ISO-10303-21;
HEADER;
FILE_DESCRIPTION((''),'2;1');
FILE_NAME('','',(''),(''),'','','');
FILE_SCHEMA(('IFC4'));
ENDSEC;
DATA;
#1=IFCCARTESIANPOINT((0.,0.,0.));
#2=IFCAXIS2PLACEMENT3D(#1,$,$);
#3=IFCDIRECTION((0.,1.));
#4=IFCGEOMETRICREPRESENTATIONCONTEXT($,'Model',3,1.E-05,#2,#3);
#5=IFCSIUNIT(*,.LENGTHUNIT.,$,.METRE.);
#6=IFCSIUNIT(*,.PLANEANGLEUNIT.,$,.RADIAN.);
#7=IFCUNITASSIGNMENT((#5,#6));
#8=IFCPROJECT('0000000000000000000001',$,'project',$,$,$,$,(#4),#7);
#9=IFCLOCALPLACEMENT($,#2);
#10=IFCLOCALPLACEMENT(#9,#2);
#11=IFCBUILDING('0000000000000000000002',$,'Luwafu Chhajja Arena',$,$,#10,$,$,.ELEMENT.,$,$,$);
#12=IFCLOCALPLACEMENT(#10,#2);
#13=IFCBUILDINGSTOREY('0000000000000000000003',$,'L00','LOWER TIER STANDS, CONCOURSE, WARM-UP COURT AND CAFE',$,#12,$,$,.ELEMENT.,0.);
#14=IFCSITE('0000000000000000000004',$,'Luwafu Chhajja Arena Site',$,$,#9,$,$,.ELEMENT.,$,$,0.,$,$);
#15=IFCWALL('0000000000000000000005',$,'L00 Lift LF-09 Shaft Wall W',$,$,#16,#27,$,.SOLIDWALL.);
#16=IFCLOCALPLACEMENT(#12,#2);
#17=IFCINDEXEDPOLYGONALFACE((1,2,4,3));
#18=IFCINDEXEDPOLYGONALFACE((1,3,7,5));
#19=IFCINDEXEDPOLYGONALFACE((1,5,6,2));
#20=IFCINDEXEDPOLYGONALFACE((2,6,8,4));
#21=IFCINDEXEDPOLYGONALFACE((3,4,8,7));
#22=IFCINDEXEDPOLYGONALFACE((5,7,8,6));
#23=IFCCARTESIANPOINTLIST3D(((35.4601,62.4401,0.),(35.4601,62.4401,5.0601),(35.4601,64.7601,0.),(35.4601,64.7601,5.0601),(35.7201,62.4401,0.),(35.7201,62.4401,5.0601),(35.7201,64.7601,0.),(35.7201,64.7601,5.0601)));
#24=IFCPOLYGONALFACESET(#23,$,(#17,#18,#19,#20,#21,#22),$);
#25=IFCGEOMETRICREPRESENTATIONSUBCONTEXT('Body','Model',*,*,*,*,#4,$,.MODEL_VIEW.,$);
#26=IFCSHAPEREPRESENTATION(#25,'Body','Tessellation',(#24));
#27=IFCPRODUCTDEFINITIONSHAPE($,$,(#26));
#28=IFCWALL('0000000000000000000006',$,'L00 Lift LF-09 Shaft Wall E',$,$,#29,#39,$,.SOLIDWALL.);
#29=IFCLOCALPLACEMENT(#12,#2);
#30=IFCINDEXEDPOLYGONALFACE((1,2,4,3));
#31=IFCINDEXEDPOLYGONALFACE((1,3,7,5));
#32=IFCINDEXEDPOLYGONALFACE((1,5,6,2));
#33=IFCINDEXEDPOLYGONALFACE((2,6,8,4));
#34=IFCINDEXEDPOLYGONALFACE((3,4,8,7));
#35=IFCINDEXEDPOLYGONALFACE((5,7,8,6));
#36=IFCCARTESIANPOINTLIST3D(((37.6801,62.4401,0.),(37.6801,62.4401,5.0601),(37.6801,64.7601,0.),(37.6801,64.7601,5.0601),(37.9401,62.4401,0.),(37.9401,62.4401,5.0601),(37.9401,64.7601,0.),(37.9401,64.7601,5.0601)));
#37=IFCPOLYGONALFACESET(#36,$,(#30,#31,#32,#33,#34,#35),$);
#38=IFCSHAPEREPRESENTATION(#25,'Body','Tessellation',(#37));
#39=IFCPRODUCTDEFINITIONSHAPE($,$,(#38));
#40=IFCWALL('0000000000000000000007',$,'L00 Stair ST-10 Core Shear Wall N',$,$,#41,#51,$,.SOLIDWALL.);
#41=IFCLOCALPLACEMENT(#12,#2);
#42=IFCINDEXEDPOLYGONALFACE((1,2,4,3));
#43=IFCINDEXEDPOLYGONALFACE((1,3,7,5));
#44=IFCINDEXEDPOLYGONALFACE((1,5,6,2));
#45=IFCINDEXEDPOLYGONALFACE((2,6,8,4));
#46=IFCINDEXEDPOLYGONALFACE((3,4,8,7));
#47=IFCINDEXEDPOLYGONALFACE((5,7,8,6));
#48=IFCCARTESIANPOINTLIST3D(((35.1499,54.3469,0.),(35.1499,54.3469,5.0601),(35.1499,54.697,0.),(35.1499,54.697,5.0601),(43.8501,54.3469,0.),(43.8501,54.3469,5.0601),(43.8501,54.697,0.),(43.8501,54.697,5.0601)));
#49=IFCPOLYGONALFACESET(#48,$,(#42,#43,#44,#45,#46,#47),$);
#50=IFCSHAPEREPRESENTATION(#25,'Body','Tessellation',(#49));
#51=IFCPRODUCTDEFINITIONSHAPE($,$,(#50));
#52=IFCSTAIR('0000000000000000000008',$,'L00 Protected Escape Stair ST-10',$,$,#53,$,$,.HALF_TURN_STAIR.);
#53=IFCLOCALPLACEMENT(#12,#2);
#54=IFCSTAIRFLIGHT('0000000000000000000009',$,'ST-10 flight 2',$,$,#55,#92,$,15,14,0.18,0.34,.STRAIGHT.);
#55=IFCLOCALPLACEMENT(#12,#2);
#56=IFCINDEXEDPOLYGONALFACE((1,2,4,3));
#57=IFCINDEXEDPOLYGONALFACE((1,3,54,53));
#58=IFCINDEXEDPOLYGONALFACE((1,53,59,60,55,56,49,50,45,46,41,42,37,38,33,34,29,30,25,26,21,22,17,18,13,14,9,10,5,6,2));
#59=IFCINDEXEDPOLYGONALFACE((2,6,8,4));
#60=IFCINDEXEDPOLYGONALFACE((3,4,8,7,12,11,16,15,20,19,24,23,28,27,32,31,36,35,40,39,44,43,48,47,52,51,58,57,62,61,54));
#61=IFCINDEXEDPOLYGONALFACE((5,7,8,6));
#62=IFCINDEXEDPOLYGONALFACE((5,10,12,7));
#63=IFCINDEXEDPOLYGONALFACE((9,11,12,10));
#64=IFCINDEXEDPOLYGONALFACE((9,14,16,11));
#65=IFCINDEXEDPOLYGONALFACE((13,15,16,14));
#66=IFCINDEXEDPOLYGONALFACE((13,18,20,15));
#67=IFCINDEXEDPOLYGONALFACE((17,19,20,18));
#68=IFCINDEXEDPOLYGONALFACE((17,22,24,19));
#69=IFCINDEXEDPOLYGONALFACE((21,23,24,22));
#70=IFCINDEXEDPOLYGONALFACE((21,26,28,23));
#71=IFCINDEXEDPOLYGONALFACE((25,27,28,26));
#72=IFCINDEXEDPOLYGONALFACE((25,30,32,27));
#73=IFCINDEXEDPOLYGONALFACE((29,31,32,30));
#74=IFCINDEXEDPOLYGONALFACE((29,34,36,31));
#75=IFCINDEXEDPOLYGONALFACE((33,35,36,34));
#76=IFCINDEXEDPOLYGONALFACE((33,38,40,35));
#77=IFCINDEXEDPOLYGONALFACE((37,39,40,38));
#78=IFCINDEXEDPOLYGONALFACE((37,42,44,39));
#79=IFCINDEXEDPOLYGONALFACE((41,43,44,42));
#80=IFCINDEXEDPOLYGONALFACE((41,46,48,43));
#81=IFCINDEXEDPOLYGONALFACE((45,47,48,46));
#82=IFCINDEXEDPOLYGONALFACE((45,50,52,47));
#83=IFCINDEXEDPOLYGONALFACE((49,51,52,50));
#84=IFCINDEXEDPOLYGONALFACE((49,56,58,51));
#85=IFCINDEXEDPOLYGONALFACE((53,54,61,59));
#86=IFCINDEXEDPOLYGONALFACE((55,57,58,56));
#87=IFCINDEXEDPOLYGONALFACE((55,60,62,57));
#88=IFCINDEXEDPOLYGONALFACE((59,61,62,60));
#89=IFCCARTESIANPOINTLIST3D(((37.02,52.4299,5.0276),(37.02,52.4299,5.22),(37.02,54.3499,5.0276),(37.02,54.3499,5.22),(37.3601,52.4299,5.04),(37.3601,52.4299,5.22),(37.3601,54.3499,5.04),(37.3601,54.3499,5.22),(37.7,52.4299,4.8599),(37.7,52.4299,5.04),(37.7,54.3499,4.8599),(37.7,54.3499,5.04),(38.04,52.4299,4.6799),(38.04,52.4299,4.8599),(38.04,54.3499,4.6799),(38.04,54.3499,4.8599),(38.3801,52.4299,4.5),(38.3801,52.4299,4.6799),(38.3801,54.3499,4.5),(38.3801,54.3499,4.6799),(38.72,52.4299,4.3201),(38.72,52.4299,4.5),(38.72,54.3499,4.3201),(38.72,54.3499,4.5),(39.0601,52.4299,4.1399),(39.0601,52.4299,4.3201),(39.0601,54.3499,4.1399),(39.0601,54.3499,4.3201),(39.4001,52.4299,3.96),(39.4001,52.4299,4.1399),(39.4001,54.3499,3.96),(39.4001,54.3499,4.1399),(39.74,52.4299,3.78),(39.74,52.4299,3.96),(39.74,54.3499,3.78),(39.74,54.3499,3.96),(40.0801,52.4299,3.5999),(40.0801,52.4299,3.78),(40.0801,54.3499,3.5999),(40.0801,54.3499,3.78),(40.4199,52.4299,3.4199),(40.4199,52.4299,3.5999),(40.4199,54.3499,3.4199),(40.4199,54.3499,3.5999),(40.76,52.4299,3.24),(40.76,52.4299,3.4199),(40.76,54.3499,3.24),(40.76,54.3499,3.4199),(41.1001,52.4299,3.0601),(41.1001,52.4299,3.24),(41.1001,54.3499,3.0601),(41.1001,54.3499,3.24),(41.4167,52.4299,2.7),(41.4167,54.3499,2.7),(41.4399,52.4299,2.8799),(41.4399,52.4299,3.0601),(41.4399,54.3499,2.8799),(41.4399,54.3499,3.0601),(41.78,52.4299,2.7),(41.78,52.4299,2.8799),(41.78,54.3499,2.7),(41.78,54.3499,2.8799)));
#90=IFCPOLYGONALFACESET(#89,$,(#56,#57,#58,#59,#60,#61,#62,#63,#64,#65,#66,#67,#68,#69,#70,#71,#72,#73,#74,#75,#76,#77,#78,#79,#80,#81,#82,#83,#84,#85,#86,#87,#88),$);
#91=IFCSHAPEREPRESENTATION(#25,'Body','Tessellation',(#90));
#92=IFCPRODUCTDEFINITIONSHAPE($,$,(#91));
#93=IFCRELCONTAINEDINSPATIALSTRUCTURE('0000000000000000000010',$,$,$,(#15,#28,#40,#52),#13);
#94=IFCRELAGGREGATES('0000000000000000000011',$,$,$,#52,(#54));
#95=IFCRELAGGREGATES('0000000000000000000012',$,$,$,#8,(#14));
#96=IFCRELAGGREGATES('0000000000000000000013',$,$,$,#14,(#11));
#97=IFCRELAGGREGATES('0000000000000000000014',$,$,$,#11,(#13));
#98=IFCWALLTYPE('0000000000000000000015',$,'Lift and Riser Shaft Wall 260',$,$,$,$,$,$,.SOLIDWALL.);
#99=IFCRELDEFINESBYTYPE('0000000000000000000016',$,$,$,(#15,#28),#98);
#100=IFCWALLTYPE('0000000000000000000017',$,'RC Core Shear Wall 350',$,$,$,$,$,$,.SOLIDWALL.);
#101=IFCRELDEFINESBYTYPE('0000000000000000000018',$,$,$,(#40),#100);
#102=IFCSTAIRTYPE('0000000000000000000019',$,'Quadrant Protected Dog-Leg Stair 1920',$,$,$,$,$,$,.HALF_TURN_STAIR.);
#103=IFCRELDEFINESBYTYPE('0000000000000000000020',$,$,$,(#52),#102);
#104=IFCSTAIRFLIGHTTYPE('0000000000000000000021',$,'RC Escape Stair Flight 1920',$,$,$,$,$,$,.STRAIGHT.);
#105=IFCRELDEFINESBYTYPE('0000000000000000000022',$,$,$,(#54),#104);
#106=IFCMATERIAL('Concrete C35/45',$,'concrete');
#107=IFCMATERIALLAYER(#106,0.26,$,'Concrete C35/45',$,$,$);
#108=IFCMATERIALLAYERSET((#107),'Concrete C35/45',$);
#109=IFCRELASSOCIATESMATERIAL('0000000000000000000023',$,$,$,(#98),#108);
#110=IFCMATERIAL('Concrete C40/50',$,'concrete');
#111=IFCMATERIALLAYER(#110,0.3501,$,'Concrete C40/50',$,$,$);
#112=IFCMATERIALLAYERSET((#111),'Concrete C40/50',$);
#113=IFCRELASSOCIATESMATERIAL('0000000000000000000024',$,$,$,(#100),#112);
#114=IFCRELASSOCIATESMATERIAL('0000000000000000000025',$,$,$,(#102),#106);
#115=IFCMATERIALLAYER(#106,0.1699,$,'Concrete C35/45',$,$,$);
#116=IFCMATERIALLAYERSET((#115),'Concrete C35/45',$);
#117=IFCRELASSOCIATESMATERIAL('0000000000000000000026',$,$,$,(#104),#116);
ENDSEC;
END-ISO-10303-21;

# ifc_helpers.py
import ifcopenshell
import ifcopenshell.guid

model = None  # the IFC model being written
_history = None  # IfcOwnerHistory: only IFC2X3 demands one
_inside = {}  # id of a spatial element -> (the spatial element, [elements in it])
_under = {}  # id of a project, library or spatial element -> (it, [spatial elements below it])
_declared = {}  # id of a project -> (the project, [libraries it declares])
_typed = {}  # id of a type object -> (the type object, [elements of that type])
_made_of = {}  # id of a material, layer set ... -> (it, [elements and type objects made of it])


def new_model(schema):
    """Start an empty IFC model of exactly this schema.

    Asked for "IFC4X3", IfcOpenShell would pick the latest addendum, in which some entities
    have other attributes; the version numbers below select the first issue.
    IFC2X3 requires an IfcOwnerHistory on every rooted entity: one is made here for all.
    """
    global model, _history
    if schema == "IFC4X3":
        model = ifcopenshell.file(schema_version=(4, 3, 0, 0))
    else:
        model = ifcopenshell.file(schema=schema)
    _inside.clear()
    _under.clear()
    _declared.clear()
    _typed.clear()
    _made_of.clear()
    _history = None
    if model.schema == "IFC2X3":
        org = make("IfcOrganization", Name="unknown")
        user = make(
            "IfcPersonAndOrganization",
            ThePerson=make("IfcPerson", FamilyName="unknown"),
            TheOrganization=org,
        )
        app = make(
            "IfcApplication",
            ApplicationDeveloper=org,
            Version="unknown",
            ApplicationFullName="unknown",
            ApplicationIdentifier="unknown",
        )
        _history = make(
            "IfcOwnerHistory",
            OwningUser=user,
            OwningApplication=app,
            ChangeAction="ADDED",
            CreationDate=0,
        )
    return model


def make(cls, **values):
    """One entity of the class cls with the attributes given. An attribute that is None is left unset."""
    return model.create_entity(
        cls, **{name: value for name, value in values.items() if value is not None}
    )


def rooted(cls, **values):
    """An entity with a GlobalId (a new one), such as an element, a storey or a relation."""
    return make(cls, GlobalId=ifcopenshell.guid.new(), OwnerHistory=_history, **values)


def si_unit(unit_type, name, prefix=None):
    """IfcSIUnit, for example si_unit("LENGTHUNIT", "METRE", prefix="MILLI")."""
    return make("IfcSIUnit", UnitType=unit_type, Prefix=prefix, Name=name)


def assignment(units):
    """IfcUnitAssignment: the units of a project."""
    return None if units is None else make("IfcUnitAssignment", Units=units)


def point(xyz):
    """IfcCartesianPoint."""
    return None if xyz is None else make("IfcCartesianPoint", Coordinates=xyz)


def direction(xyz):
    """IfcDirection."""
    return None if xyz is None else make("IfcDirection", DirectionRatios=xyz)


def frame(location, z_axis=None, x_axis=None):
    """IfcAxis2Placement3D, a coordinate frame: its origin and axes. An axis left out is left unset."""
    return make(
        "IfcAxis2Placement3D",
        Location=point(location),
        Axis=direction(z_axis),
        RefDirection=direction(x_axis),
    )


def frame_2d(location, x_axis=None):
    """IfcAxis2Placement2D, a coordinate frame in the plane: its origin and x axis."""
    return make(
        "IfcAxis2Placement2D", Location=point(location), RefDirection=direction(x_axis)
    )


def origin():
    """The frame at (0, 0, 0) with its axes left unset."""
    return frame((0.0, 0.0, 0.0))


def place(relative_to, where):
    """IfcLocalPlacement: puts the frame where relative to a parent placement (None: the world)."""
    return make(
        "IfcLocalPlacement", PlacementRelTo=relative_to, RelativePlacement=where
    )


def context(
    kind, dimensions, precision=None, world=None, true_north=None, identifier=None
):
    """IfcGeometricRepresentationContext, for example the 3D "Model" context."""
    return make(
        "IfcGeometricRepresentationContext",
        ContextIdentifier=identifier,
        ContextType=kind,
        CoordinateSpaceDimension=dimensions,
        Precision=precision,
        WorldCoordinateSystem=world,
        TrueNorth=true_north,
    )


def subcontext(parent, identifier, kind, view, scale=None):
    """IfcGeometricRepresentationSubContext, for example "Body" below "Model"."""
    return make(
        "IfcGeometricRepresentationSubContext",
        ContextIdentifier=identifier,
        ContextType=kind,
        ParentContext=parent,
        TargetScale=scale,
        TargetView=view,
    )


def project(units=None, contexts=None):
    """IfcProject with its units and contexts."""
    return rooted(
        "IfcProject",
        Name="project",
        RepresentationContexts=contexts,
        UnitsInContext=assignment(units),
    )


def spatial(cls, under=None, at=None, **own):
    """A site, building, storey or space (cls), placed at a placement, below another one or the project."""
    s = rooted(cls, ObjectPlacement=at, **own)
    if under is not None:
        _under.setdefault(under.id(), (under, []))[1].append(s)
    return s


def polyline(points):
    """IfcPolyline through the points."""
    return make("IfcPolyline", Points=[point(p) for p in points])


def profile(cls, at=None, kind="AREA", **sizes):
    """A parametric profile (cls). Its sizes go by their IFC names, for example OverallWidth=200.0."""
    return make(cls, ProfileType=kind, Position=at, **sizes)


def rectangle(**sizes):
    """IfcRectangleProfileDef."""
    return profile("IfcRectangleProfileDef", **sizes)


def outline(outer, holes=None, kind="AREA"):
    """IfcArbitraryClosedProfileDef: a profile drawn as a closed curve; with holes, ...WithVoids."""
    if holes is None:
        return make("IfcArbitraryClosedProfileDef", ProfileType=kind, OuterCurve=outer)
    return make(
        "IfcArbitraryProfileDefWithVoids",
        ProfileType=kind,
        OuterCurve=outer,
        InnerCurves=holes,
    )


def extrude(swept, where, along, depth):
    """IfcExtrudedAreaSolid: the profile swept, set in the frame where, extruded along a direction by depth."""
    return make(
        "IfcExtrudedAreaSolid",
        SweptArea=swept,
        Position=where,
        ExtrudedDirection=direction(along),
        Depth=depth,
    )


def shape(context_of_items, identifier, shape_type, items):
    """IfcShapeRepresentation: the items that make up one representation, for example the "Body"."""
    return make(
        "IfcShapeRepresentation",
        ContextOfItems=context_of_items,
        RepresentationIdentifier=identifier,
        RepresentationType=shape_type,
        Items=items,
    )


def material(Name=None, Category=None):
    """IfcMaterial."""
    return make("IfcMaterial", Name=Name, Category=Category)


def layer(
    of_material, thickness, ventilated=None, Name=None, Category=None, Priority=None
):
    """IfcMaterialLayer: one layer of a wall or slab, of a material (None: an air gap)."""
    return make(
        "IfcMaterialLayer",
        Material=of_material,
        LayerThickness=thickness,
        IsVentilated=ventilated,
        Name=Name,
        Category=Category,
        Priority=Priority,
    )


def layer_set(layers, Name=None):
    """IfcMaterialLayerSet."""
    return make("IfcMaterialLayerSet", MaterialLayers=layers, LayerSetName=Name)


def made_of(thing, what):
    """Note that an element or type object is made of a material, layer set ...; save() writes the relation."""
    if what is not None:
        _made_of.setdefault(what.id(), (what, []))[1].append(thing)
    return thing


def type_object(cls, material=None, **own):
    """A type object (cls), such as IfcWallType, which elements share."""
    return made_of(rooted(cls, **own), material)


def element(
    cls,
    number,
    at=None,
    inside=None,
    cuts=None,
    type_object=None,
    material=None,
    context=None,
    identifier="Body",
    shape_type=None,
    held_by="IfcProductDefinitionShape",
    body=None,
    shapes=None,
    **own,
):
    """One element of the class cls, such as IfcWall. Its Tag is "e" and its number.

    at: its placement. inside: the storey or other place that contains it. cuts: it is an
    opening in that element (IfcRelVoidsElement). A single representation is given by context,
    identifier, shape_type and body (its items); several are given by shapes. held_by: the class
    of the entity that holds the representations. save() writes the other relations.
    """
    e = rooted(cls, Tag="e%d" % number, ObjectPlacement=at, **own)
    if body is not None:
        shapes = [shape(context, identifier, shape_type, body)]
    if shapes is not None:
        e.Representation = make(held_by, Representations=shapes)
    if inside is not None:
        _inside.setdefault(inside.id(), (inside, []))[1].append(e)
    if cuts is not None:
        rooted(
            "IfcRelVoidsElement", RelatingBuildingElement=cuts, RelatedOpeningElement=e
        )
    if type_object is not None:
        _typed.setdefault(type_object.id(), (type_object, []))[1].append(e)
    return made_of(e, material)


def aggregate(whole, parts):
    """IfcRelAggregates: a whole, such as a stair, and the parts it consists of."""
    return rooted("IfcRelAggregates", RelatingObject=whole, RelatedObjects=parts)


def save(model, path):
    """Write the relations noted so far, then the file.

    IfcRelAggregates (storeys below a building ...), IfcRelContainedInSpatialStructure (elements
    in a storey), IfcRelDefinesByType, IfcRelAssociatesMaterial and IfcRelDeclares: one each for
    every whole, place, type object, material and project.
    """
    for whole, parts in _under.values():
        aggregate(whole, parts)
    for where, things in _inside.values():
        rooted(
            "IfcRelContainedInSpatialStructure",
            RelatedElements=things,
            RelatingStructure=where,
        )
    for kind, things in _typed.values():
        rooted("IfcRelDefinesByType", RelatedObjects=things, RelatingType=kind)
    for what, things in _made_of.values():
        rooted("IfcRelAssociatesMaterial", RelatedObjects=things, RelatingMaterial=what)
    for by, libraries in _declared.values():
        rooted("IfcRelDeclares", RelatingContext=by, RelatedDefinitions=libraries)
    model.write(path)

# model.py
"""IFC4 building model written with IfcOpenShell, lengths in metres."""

from ifc_helpers import new_model, si_unit, direction, frame, frame_2d, origin, place, context, subcontext, project, spatial, polyline, rectangle, outline, extrude, material, layer, layer_set, type_object, element, aggregate, save


model = new_model("IFC4")

# Units and contexts
model_context = context("Model", 3, precision=1e-05, world=origin(), true_north=direction((0.0, 1.0)))
body_context = subcontext(model_context, "Body", "Model", "MODEL_VIEW")
ifc_project = project(units=[si_unit("LENGTHUNIT", "METRE"), si_unit("PLANEANGLEUNIT", "RADIAN")], contexts=[model_context])

# Site, building, storey
site_placement = place(None, origin())
site = spatial("IfcSite", under=ifc_project, at=site_placement, Name="Luwafu Chhajja Arena Site", CompositionType="ELEMENT", RefElevation=0.0)
building_placement = place(site_placement, origin())
building = spatial("IfcBuilding", under=site, at=building_placement, Name="Luwafu Chhajja Arena", CompositionType="ELEMENT")
storey_placement = place(building_placement, origin())
storey = spatial("IfcBuildingStorey", under=building, at=storey_placement, Name="L00", Description="LOWER TIER STANDS, CONCOURSE, WARM-UP COURT AND CAFE", CompositionType="ELEMENT", Elevation=0.0)

# Shared definitions
ifc_material_1 = material(Name="Concrete C40/50", Category="concrete")

# Shared definitions
ifc_material_2 = material(Name="Concrete C35/45", Category="concrete")

# Shared definitions
ifc_layer_1 = layer(ifc_material_2, 0.26, Name="Concrete C35/45")
ifc_layer_set_1 = layer_set([ifc_layer_1], Name="Concrete C35/45")
wall_type_1 = type_object("IfcWallType", Name="Lift and Riser Shaft Wall 260", PredefinedType="SOLIDWALL", material=ifc_layer_set_1)

# Walls
for number, where, z_axis, x_axis, name in (
    (1, (35.5901, 62.4399, 0.0), (0.0, 0.0, 1.0), (0.0, 1.0, 0.0), "L00 Lift LF-09 Shaft Wall W"),
    (2, (37.8101, 62.4399, 0.0), (0.0, 0.0, 1.0), (0.0, 1.0, 0.0), "L00 Lift LF-09 Shaft Wall E"),
):
    element("IfcWall", number, at=place(storey_placement, frame(where, z_axis=z_axis, x_axis=x_axis)), inside=storey, type_object=wall_type_1, Name=name, PredefinedType="SOLIDWALL", context=body_context, shape_type="SweptSolid", body=[
        extrude(rectangle(XDim=2.3201, YDim=0.26, at=frame_2d((1.1602, 0.0))), origin(), (0.0, 0.0, 1.0), 5.0601),
    ])
ifc_layer_2 = layer(ifc_material_1, 0.3501, Name="Concrete C40/50")
ifc_layer_set_2 = layer_set([ifc_layer_2], Name="Concrete C40/50")
wall_type_2 = type_object("IfcWallType", Name="RC Core Shear Wall 350", PredefinedType="SOLIDWALL", material=ifc_layer_set_2)
wall_1_placement = place(storey_placement, frame((35.1499, 54.522, 0.0), z_axis=(0.0, 0.0, 1.0), x_axis=(1.0, 0.0, 0.0)))
element("IfcWall", 3, at=wall_1_placement, inside=storey, type_object=wall_type_2, Name="L00 Stair ST-10 Core Shear Wall N", PredefinedType="SOLIDWALL", context=body_context, shape_type="SweptSolid", body=[
    extrude(rectangle(XDim=8.7002, YDim=0.3501, at=frame_2d((4.3501, 0.0))), origin(), (0.0, 0.0, 1.0), 5.0601),
])

# Stair, stair flight
stair_type = type_object("IfcStairType", Name="Quadrant Protected Dog-Leg Stair 1920", PredefinedType="HALF_TURN_STAIR", material=ifc_material_2)
stair_placement = place(storey_placement, origin())
stair = element("IfcStair", 4, at=stair_placement, inside=storey, type_object=stair_type, Name="L00 Protected Escape Stair ST-10", PredefinedType="HALF_TURN_STAIR")
ifc_layer_3 = layer(ifc_material_2, 0.1699, Name="Concrete C35/45")
ifc_layer_set_3 = layer_set([ifc_layer_3], Name="Concrete C35/45")
stair_flight_type = type_object("IfcStairFlightType", Name="RC Escape Stair Flight 1920", PredefinedType="STRAIGHT", material=ifc_layer_set_3)
stair_flight_placement = place(storey_placement, frame((41.78, 53.3899, 2.7), z_axis=(0.0, 0.0, 1.0), x_axis=(-1.0, 0.0, 0.0)))
stair_flight = element("IfcStairFlight", 5, at=stair_flight_placement, type_object=stair_flight_type, Name="ST-10 flight 2", NumberOfRisers=15, NumberOfTreads=14, PredefinedType="STRAIGHT", RiserHeight=0.18, TreadLength=0.34, context=body_context, shape_type="SweptSolid", body=[
    extrude(outline(polyline([(0.0, 0.0), (0.0, 0.1799), (0.3401, 0.1799), (0.3401, 0.3601), (0.6799, 0.3601), (0.6799, 0.54), (1.02, 0.54), (1.02, 0.72), (1.3601, 0.72), (1.3601, 0.8999), (1.7, 0.8999), (1.7, 1.0801), (2.04, 1.0801), (2.04, 1.26), (2.3799, 1.26), (2.3799, 1.4399), (2.72, 1.4399), (2.72, 1.6201), (3.0601, 1.6201), (3.0601, 1.8), (3.3999, 1.8), (3.3999, 1.98), (3.74, 1.98), (3.74, 2.1599), (4.0801, 2.1599), (4.0801, 2.3401), (4.4199, 2.3401), (4.4199, 2.52), (4.76, 2.52), (4.76, 2.7), (4.76, 2.3276), (0.3633, 0.0), (0.0, 0.0)])), frame((0.0, 0.96, 0.0), z_axis=(0.0, -1.0, 0.0), x_axis=(1.0, 0.0, 0.0)), (0.0, 0.0, 1.0), 1.9199),
])
aggregate(stair, [stair_flight])

save(model, "model.ifc")
